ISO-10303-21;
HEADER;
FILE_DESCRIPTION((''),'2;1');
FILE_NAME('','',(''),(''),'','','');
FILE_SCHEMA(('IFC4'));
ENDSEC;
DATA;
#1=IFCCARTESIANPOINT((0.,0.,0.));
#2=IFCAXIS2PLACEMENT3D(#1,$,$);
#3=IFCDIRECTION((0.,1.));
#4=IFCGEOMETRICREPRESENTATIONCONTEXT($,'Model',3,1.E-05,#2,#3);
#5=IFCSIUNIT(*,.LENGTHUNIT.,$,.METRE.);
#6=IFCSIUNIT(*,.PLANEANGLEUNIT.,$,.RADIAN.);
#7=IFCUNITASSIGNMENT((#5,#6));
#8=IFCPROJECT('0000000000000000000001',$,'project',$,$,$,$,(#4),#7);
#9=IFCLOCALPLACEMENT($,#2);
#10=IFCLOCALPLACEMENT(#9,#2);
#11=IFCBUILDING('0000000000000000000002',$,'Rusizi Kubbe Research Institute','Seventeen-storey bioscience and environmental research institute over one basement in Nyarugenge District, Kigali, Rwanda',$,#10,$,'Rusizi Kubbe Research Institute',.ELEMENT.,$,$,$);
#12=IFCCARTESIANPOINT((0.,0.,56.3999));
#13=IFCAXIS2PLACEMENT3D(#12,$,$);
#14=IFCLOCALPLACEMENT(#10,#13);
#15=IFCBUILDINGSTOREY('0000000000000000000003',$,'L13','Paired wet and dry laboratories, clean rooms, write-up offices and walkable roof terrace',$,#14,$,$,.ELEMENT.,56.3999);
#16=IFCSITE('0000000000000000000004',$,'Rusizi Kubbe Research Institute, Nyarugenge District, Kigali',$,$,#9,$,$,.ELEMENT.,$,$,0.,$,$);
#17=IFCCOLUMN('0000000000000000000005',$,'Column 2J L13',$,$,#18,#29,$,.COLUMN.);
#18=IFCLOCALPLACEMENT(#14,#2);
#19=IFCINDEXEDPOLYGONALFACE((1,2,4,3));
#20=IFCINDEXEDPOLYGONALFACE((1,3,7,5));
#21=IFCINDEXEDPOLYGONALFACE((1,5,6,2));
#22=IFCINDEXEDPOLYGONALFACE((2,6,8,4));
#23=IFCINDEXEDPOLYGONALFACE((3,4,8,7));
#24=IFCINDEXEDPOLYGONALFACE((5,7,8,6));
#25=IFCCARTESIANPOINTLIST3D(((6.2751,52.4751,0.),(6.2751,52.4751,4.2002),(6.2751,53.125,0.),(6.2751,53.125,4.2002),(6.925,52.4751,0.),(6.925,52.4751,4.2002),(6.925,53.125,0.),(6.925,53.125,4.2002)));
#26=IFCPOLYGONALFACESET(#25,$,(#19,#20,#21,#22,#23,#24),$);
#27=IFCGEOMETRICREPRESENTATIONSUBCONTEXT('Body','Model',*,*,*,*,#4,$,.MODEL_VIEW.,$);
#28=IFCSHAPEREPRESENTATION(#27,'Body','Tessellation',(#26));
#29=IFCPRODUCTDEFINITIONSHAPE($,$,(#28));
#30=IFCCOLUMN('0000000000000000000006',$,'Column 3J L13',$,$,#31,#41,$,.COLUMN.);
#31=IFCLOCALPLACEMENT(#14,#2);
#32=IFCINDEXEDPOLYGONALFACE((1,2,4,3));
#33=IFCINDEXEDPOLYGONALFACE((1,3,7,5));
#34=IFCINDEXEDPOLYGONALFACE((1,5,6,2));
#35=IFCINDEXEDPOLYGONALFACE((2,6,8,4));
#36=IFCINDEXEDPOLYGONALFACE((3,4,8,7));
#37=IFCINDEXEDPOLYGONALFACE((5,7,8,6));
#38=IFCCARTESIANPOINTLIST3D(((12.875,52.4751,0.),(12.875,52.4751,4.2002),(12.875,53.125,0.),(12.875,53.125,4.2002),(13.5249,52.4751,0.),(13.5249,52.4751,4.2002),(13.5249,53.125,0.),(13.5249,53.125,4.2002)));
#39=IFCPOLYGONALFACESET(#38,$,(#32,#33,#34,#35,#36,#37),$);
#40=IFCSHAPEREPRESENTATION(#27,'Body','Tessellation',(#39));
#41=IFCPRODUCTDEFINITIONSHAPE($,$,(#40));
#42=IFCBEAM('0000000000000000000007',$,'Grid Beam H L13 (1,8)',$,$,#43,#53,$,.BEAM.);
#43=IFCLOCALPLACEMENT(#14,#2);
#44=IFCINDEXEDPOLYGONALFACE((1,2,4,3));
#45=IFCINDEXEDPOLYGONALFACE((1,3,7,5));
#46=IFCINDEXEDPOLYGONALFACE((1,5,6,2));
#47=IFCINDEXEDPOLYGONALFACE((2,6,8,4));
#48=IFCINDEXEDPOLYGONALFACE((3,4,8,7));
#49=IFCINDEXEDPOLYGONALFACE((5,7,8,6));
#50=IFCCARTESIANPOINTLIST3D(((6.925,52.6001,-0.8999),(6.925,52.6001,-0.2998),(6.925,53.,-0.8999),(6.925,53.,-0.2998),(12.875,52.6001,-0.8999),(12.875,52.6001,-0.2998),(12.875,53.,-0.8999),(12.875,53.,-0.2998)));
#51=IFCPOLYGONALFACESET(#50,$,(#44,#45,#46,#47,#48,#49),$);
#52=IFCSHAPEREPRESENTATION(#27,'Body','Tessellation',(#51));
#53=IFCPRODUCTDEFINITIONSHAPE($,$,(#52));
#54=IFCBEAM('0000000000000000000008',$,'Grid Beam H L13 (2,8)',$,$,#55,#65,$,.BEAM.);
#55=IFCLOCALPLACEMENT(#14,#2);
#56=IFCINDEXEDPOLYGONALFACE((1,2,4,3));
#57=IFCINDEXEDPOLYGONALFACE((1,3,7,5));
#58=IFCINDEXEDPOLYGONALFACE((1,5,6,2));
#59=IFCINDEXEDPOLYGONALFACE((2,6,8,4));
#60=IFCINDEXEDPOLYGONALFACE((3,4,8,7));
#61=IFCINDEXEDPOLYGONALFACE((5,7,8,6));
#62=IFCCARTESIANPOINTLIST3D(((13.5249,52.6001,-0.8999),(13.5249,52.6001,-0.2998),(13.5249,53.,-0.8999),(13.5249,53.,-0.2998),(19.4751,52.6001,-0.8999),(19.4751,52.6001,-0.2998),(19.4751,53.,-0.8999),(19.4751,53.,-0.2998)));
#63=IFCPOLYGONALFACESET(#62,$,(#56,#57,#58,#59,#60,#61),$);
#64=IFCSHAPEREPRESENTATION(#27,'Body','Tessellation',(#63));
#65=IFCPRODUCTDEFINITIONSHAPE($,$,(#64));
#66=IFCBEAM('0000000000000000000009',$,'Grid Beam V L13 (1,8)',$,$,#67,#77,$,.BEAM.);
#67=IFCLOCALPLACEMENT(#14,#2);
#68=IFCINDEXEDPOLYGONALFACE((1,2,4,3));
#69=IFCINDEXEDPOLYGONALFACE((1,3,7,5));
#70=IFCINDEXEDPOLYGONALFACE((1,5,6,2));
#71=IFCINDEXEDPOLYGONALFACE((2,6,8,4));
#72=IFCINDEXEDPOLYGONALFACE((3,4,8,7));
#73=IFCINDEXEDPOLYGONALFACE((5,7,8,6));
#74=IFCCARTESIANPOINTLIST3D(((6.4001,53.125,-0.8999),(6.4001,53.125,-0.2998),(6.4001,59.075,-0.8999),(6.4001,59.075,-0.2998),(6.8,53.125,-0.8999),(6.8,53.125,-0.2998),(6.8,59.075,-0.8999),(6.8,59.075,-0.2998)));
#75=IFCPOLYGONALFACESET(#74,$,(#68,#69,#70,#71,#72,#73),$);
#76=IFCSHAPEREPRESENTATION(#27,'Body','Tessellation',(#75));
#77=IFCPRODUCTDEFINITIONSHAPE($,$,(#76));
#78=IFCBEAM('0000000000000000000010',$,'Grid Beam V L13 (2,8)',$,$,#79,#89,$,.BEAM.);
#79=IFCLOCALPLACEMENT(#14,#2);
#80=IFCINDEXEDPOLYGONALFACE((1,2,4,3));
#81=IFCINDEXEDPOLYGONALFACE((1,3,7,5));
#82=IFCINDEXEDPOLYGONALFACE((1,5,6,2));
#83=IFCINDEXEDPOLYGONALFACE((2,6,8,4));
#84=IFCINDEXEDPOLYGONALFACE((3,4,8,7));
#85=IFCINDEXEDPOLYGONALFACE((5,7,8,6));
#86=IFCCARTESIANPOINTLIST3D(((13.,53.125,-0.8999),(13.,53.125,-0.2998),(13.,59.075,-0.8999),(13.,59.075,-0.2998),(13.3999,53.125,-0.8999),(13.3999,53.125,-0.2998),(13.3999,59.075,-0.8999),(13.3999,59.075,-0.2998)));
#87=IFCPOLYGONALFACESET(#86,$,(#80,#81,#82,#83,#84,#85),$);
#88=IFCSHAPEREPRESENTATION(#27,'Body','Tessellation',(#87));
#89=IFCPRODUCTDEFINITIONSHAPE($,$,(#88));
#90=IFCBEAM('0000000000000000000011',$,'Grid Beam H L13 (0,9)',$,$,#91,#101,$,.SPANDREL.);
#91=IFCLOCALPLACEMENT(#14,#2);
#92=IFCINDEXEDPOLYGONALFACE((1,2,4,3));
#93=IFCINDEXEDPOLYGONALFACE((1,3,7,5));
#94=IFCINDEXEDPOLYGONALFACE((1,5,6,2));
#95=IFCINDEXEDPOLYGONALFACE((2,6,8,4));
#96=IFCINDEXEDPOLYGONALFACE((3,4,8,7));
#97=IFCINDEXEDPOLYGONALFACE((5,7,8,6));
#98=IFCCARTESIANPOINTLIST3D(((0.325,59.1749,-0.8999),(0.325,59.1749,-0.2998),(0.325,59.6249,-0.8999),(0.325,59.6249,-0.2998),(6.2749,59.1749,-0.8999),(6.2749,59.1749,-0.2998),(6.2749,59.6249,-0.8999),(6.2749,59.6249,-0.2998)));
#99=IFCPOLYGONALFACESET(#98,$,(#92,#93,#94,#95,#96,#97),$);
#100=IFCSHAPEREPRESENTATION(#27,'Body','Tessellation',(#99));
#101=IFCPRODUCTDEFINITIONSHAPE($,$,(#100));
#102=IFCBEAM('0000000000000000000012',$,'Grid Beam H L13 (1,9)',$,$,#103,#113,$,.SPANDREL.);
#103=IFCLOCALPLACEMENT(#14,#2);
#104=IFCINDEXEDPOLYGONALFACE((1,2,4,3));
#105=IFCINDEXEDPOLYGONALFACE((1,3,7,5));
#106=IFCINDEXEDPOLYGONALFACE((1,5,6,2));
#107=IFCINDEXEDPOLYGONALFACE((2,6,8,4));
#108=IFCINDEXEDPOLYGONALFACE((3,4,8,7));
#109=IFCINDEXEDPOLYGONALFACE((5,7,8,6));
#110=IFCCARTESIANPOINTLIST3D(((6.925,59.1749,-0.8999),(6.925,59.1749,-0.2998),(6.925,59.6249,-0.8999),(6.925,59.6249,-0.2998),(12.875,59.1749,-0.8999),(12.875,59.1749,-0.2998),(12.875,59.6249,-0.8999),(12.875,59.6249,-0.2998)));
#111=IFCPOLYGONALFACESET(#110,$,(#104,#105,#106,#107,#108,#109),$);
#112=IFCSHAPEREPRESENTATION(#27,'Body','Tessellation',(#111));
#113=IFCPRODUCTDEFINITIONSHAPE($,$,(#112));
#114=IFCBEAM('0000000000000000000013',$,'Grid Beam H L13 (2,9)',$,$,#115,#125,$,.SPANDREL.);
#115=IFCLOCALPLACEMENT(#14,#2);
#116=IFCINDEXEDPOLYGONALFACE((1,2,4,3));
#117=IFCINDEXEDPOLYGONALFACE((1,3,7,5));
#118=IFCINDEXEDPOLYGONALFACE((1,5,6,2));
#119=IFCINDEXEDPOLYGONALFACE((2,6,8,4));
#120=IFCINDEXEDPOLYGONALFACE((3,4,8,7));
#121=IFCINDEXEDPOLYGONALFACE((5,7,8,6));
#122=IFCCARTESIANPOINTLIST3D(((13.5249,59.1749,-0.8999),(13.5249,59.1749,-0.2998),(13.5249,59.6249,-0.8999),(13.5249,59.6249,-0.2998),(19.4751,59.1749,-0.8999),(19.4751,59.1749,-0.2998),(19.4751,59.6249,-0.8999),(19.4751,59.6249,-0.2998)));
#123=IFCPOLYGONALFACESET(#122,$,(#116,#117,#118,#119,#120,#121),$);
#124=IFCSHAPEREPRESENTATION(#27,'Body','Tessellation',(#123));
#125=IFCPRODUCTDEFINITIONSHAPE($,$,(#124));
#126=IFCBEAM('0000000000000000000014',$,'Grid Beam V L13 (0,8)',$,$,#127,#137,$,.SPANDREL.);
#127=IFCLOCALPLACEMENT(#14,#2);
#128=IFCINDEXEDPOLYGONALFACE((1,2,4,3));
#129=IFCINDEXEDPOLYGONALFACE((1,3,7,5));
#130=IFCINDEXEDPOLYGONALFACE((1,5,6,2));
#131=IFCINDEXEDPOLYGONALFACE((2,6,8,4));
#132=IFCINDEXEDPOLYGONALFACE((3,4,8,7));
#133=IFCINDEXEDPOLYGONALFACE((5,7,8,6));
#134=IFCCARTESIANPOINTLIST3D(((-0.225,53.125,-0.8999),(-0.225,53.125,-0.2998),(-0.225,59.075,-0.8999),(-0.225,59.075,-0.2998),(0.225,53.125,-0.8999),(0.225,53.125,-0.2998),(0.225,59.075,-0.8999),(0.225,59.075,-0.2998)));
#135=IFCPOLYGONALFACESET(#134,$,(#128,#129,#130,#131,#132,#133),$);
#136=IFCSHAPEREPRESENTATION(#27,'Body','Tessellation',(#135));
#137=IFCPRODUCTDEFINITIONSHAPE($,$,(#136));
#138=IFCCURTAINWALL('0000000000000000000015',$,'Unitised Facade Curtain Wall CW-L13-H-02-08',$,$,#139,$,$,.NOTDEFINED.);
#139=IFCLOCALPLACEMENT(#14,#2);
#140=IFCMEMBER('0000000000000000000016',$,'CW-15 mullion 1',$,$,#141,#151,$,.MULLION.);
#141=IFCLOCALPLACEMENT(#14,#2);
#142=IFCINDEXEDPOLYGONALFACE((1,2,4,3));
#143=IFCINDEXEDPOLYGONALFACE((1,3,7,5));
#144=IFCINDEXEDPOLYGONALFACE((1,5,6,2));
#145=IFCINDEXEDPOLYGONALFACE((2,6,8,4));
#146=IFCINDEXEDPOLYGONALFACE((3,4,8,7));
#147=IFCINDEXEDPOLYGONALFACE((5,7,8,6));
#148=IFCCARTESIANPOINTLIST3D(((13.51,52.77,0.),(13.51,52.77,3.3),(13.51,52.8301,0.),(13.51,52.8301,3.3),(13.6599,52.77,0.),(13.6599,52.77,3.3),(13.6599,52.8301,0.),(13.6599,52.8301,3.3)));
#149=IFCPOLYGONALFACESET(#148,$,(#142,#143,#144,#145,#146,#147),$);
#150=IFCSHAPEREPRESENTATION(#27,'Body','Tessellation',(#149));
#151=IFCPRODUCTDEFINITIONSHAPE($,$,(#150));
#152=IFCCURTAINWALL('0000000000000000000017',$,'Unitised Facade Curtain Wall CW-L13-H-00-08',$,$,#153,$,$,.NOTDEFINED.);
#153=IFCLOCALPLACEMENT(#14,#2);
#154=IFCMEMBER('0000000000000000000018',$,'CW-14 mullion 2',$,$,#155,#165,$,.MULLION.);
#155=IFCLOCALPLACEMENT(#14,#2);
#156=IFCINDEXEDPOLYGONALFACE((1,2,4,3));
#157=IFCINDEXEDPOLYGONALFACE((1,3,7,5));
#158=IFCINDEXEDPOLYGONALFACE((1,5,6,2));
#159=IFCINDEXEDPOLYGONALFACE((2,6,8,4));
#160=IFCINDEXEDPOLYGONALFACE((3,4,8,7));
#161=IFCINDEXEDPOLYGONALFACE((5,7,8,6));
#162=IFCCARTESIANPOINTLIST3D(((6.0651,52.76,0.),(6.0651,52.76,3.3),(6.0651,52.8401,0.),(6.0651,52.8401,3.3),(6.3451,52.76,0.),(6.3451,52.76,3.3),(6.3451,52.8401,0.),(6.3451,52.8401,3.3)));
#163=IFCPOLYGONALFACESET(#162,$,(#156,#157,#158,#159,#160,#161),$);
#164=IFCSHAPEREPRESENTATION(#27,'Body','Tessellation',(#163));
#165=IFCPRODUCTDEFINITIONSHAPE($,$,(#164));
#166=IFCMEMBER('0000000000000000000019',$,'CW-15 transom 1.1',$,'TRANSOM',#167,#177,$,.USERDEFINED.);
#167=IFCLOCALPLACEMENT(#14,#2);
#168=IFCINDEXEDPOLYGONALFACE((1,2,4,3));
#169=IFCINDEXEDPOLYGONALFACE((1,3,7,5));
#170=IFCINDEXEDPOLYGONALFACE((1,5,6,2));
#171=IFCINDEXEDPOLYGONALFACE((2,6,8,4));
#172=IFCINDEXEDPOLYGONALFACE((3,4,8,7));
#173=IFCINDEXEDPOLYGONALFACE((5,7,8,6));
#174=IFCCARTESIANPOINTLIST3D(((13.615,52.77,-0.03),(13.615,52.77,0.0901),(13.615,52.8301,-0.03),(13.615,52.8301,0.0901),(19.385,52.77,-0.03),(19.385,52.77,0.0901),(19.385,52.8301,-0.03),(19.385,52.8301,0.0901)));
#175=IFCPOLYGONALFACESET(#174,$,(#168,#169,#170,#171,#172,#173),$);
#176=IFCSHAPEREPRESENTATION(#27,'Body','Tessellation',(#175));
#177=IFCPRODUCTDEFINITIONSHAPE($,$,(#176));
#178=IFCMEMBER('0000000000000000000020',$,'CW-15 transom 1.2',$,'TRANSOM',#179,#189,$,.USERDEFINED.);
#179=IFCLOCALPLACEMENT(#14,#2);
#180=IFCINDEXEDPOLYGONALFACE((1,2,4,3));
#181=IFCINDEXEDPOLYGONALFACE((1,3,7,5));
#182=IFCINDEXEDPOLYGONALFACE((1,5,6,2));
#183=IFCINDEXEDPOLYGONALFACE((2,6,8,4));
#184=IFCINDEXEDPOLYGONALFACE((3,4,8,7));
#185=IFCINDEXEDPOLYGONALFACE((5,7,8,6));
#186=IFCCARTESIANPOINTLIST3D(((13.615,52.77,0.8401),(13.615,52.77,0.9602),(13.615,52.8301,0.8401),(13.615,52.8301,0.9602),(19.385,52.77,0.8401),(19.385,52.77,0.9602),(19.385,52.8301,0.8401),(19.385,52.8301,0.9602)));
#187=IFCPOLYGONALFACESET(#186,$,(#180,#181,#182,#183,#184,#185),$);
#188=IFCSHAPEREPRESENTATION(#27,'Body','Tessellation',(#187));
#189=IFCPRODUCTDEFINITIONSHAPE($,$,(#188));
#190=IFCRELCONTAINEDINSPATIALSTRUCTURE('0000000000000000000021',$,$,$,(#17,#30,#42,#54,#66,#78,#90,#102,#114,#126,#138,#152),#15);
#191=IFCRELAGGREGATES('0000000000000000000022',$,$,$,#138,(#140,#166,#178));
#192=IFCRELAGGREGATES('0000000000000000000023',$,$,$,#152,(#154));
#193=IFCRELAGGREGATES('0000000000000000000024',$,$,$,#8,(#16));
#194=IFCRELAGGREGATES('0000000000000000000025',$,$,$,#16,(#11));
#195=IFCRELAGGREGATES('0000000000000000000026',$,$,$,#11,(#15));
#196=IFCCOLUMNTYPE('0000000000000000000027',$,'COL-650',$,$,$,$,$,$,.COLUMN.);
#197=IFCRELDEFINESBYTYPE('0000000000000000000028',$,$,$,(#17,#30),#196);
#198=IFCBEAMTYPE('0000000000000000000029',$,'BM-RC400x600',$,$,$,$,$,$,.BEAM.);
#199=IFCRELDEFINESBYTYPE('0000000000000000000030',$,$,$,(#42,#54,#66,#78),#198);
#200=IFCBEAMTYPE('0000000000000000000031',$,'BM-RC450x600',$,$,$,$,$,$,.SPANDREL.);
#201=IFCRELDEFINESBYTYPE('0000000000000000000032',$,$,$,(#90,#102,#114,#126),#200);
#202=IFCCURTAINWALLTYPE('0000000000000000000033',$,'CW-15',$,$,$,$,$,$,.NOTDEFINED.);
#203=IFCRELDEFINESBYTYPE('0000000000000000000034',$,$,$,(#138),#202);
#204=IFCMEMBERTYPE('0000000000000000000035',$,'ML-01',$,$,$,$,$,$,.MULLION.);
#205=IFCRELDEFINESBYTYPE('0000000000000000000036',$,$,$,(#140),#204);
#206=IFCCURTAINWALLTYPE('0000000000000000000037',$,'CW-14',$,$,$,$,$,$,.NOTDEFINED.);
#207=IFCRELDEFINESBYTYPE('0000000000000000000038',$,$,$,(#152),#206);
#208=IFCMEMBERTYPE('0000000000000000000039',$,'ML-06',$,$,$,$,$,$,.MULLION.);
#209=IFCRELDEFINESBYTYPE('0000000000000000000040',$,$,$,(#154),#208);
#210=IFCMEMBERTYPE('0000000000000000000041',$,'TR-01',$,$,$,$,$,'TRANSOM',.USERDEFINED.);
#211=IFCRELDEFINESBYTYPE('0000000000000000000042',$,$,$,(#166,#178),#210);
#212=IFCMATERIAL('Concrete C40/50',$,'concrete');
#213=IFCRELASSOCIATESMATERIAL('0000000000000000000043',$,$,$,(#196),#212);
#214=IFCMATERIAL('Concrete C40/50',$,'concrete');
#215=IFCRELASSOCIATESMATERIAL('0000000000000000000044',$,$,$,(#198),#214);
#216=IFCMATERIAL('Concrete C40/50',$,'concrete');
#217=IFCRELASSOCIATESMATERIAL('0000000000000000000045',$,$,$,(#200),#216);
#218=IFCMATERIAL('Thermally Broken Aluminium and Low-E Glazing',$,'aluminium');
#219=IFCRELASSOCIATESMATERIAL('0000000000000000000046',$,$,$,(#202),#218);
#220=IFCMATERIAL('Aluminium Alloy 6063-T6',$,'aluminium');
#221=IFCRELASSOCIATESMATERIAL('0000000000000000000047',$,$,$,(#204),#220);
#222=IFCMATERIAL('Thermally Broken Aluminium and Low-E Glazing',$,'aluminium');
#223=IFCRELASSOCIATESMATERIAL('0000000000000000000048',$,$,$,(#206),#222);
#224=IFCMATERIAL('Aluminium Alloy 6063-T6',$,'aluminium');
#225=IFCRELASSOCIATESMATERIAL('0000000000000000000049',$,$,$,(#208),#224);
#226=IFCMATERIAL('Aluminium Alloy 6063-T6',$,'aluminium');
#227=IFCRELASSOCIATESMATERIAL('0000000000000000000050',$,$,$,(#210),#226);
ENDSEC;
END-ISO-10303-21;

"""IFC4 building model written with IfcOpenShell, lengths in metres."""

from ifc_helpers import new_model, si_unit, direction, frame, origin, origin_2d, place, context, subcontext, project, spatial, rectangle, extrude, material, material_profile, profile_set, type_object, element, aggregate, save


model = new_model("IFC4")

# Units and contexts
model_context = context("Model", 3, precision=1e-05, world=origin(), true_north=direction((0.0, 1.0)))
body_context = subcontext(model_context, "Body", "Model", "MODEL_VIEW")
ifc_project = project(units=[si_unit("LENGTHUNIT", "METRE"), si_unit("PLANEANGLEUNIT", "RADIAN")], contexts=[model_context])

# Site, building, storey
site_placement = place(None, origin())
site = spatial("IfcSite", under=ifc_project, at=site_placement, Name="Rusizi Kubbe Research Institute, Nyarugenge District, Kigali", CompositionType="ELEMENT", RefElevation=0.0)
building_placement = place(site_placement, origin())
building = spatial("IfcBuilding", under=site, at=building_placement, Name="Rusizi Kubbe Research Institute", Description="Seventeen-storey bioscience and environmental research institute over one basement in Nyarugenge District, Kigali, Rwanda", LongName="Rusizi Kubbe Research Institute", CompositionType="ELEMENT")
storey_placement = place(building_placement, frame((0.0, 0.0, 56.3999)))
storey = spatial("IfcBuildingStorey", under=building, at=storey_placement, Name="L13", Description="Paired wet and dry laboratories, clean rooms, write-up offices and walkable roof terrace", CompositionType="ELEMENT", Elevation=56.3999)

# Columns
ifc_material_1 = material(Name="Concrete C40/50", Category="concrete")
ifc_material_profile_1 = material_profile(ifc_material_1, rectangle(XDim=0.6499, YDim=0.6499, at=origin_2d()), Name="RC650x650")
ifc_profile_set_1 = profile_set([ifc_material_profile_1], Name="Concrete C40/50")
column_type = type_object("IfcColumnType", Name="COL-650", PredefinedType="COLUMN", material=ifc_profile_set_1)
for number, where, z_axis, x_axis, name in (
    (1, (6.6001, 52.8, 0.0), (0.0, 0.0, 1.0), (1.0, 0.0, 0.0), "Column 2J L13"),
    (2, (13.2, 52.8, 0.0), (0.0, 0.0, 1.0), (1.0, 0.0, 0.0), "Column 3J L13"),
):
    element("IfcColumn", number, at=place(storey_placement, frame(where, z_axis=z_axis, x_axis=x_axis)), inside=storey, type_object=column_type, Name=name, PredefinedType="COLUMN", context=body_context, shape_type="SweptSolid", body=[
        extrude(rectangle(XDim=0.6499, YDim=0.6499, at=origin_2d()), origin(), (0.0, 0.0, 1.0), 4.2002),
    ])

# Beams
ifc_material_2 = material(Name="Concrete C40/50", Category="concrete")
ifc_material_profile_2 = material_profile(ifc_material_2, rectangle(XDim=0.3999, YDim=0.6001, at=origin_2d()), Name="RC400x600")
ifc_profile_set_2 = profile_set([ifc_material_profile_2], Name="Concrete C40/50")
beam_type_1 = type_object("IfcBeamType", Name="BM-RC400x600", PredefinedType="BEAM", material=ifc_profile_set_2)
beam_1_placement = place(storey_placement, frame((6.925, 52.8, -0.5999), z_axis=(1.0, 0.0, 0.0), x_axis=(0.0, 1.0, 0.0)))
element("IfcBeam", 3, at=beam_1_placement, inside=storey, type_object=beam_type_1, Name="Grid Beam H L13 (1,8)", PredefinedType="BEAM", context=body_context, shape_type="SweptSolid", body=[
    extrude(rectangle(XDim=0.3999, YDim=0.6001, at=origin_2d()), origin(), (0.0, 0.0, 1.0), 5.95),
])
beam_2_placement = place(storey_placement, frame((13.5249, 52.8, -0.5999), z_axis=(1.0, 0.0, 0.0), x_axis=(0.0, 1.0, 0.0)))
element("IfcBeam", 4, at=beam_2_placement, inside=storey, type_object=beam_type_1, Name="Grid Beam H L13 (2,8)", PredefinedType="BEAM", context=body_context, shape_type="SweptSolid", body=[
    extrude(rectangle(XDim=0.3999, YDim=0.6001, at=origin_2d()), origin(), (0.0, 0.0, 1.0), 5.9502),
])
for number, where, z_axis, x_axis, name in (
    (5, (6.6001, 53.125, -0.5999), (0.0, 1.0, 0.0), (-1.0, 0.0, 0.0), "Grid Beam V L13 (1,8)"),
    (6, (13.2, 53.125, -0.5999), (0.0, 1.0, 0.0), (-1.0, 0.0, 0.0), "Grid Beam V L13 (2,8)"),
):
    element("IfcBeam", number, at=place(storey_placement, frame(where, z_axis=z_axis, x_axis=x_axis)), inside=storey, type_object=beam_type_1, Name=name, PredefinedType="BEAM", context=body_context, shape_type="SweptSolid", body=[
        extrude(rectangle(XDim=0.3999, YDim=0.6001, at=origin_2d()), origin(), (0.0, 0.0, 1.0), 5.95),
    ])
ifc_material_3 = material(Name="Concrete C40/50", Category="concrete")
ifc_material_profile_3 = material_profile(ifc_material_3, rectangle(XDim=0.45, YDim=0.6001, at=origin_2d()), Name="RC450x600")
ifc_profile_set_3 = profile_set([ifc_material_profile_3], Name="Concrete C40/50")
beam_type_2 = type_object("IfcBeamType", Name="BM-RC450x600", PredefinedType="SPANDREL", material=ifc_profile_set_3)
for number, where, z_axis, x_axis, name in (
    (7, (0.325, 59.3999, -0.5999), (1.0, 0.0, 0.0), (0.0, 1.0, 0.0), "Grid Beam H L13 (0,9)"),
    (8, (6.925, 59.3999, -0.5999), (1.0, 0.0, 0.0), (0.0, 1.0, 0.0), "Grid Beam H L13 (1,9)"),
):
    element("IfcBeam", number, at=place(storey_placement, frame(where, z_axis=z_axis, x_axis=x_axis)), inside=storey, type_object=beam_type_2, Name=name, PredefinedType="SPANDREL", context=body_context, shape_type="SweptSolid", body=[
        extrude(rectangle(XDim=0.45, YDim=0.6001, at=origin_2d()), origin(), (0.0, 0.0, 1.0), 5.95),
    ])
beam_3_placement = place(storey_placement, frame((13.5249, 59.3999, -0.5999), z_axis=(1.0, 0.0, 0.0), x_axis=(0.0, 1.0, 0.0)))
element("IfcBeam", 9, at=beam_3_placement, inside=storey, type_object=beam_type_2, Name="Grid Beam H L13 (2,9)", PredefinedType="SPANDREL", context=body_context, shape_type="SweptSolid", body=[
    extrude(rectangle(XDim=0.45, YDim=0.6001, at=origin_2d()), origin(), (0.0, 0.0, 1.0), 5.9502),
])
beam_4_placement = place(storey_placement, frame((0.0, 53.125, -0.5999), z_axis=(0.0, 1.0, 0.0), x_axis=(-1.0, 0.0, 0.0)))
element("IfcBeam", 10, at=beam_4_placement, inside=storey, type_object=beam_type_2, Name="Grid Beam V L13 (0,8)", PredefinedType="SPANDREL", context=body_context, shape_type="SweptSolid", body=[
    extrude(rectangle(XDim=0.45, YDim=0.6001, at=origin_2d()), origin(), (0.0, 0.0, 1.0), 5.95),
])

# Curtain walls, members
ifc_material_4 = material(Name="Thermally Broken Aluminium and Low-E Glazing", Category="aluminium")
curtain_wall_type_1 = type_object("IfcCurtainWallType", Name="CW-15", PredefinedType="NOTDEFINED", material=ifc_material_4)
curtain_wall_1_placement = place(storey_placement, origin())
curtain_wall_1 = element("IfcCurtainWall", 11, at=curtain_wall_1_placement, inside=storey, type_object=curtain_wall_type_1, Name="Unitised Facade Curtain Wall CW-L13-H-02-08", PredefinedType="NOTDEFINED")
ifc_material_5 = material(Name="Aluminium Alloy 6063-T6", Category="aluminium")
ifc_material_profile_4 = material_profile(ifc_material_5, rectangle(XDim=0.0601, YDim=0.1499, at=origin_2d()), Name="ALU-M 60x150")
ifc_profile_set_4 = profile_set([ifc_material_profile_4], Name="Aluminium Alloy 6063-T6")
member_type_1 = type_object("IfcMemberType", Name="ML-01", PredefinedType="MULLION", material=ifc_profile_set_4)
member_1_placement = place(storey_placement, frame((13.585, 52.8, 0.0), z_axis=(0.0, 0.0, 1.0), x_axis=(0.0, 1.0, 0.0)))
member_1 = element("IfcMember", 12, at=member_1_placement, type_object=member_type_1, Name="CW-15 mullion 1", PredefinedType="MULLION", context=body_context, shape_type="SweptSolid", body=[
    extrude(rectangle(XDim=0.0601, YDim=0.1499, at=origin_2d()), origin(), (0.0, 0.0, 1.0), 3.3),
])
ifc_material_6 = material(Name="Thermally Broken Aluminium and Low-E Glazing", Category="aluminium")
curtain_wall_type_2 = type_object("IfcCurtainWallType", Name="CW-14", PredefinedType="NOTDEFINED", material=ifc_material_6)
curtain_wall_2_placement = place(storey_placement, origin())
curtain_wall_2 = element("IfcCurtainWall", 13, at=curtain_wall_2_placement, inside=storey, type_object=curtain_wall_type_2, Name="Unitised Facade Curtain Wall CW-L13-H-00-08", PredefinedType="NOTDEFINED")
ifc_material_7 = material(Name="Aluminium Alloy 6063-T6", Category="aluminium")
ifc_material_profile_5 = material_profile(ifc_material_7, rectangle(XDim=0.0801, YDim=0.28, at=origin_2d()), Name="ALU-M 80x280")
ifc_profile_set_5 = profile_set([ifc_material_profile_5], Name="Aluminium Alloy 6063-T6")
member_type_2 = type_object("IfcMemberType", Name="ML-06", PredefinedType="MULLION", material=ifc_profile_set_5)
member_2_placement = place(storey_placement, frame((6.2051, 52.8, 0.0), z_axis=(0.0, 0.0, 1.0), x_axis=(0.0, 1.0, 0.0)))
member_2 = element("IfcMember", 14, at=member_2_placement, type_object=member_type_2, Name="CW-14 mullion 2", PredefinedType="MULLION", context=body_context, shape_type="SweptSolid", body=[
    extrude(rectangle(XDim=0.0801, YDim=0.28, at=origin_2d()), origin(), (0.0, 0.0, 1.0), 3.3),
])

# Members
ifc_material_8 = material(Name="Aluminium Alloy 6063-T6", Category="aluminium")
ifc_material_profile_6 = material_profile(ifc_material_8, rectangle(XDim=0.0601, YDim=0.1201, at=origin_2d()), Name="ALU-T 60x120")
ifc_profile_set_6 = profile_set([ifc_material_profile_6], Name="Aluminium Alloy 6063-T6")
member_type_3 = type_object("IfcMemberType", Name="TR-01", ElementType="TRANSOM", PredefinedType="USERDEFINED", material=ifc_profile_set_6)
member_3_placement = place(storey_placement, frame((13.615, 52.8, 0.03), z_axis=(1.0, 0.0, 0.0), x_axis=(0.0, 1.0, 0.0)))
member_3 = element("IfcMember", 15, at=member_3_placement, type_object=member_type_3, Name="CW-15 transom 1.1", ObjectType="TRANSOM", PredefinedType="USERDEFINED", context=body_context, shape_type="SweptSolid", body=[
    extrude(rectangle(XDim=0.0601, YDim=0.1201, at=origin_2d()), origin(), (0.0, 0.0, 1.0), 5.77),
])
member_4_placement = place(storey_placement, frame((13.615, 52.8, 0.9001), z_axis=(1.0, 0.0, 0.0), x_axis=(0.0, 1.0, 0.0)))
member_4 = element("IfcMember", 16, at=member_4_placement, type_object=member_type_3, Name="CW-15 transom 1.2", ObjectType="TRANSOM", PredefinedType="USERDEFINED", context=body_context, shape_type="SweptSolid", body=[
    extrude(rectangle(XDim=0.0601, YDim=0.1201, at=origin_2d()), origin(), (0.0, 0.0, 1.0), 5.77),
])
aggregate(curtain_wall_1, [member_1, member_3, member_4])

aggregate(curtain_wall_2, [member_2])

save(model, "model.ifc")
